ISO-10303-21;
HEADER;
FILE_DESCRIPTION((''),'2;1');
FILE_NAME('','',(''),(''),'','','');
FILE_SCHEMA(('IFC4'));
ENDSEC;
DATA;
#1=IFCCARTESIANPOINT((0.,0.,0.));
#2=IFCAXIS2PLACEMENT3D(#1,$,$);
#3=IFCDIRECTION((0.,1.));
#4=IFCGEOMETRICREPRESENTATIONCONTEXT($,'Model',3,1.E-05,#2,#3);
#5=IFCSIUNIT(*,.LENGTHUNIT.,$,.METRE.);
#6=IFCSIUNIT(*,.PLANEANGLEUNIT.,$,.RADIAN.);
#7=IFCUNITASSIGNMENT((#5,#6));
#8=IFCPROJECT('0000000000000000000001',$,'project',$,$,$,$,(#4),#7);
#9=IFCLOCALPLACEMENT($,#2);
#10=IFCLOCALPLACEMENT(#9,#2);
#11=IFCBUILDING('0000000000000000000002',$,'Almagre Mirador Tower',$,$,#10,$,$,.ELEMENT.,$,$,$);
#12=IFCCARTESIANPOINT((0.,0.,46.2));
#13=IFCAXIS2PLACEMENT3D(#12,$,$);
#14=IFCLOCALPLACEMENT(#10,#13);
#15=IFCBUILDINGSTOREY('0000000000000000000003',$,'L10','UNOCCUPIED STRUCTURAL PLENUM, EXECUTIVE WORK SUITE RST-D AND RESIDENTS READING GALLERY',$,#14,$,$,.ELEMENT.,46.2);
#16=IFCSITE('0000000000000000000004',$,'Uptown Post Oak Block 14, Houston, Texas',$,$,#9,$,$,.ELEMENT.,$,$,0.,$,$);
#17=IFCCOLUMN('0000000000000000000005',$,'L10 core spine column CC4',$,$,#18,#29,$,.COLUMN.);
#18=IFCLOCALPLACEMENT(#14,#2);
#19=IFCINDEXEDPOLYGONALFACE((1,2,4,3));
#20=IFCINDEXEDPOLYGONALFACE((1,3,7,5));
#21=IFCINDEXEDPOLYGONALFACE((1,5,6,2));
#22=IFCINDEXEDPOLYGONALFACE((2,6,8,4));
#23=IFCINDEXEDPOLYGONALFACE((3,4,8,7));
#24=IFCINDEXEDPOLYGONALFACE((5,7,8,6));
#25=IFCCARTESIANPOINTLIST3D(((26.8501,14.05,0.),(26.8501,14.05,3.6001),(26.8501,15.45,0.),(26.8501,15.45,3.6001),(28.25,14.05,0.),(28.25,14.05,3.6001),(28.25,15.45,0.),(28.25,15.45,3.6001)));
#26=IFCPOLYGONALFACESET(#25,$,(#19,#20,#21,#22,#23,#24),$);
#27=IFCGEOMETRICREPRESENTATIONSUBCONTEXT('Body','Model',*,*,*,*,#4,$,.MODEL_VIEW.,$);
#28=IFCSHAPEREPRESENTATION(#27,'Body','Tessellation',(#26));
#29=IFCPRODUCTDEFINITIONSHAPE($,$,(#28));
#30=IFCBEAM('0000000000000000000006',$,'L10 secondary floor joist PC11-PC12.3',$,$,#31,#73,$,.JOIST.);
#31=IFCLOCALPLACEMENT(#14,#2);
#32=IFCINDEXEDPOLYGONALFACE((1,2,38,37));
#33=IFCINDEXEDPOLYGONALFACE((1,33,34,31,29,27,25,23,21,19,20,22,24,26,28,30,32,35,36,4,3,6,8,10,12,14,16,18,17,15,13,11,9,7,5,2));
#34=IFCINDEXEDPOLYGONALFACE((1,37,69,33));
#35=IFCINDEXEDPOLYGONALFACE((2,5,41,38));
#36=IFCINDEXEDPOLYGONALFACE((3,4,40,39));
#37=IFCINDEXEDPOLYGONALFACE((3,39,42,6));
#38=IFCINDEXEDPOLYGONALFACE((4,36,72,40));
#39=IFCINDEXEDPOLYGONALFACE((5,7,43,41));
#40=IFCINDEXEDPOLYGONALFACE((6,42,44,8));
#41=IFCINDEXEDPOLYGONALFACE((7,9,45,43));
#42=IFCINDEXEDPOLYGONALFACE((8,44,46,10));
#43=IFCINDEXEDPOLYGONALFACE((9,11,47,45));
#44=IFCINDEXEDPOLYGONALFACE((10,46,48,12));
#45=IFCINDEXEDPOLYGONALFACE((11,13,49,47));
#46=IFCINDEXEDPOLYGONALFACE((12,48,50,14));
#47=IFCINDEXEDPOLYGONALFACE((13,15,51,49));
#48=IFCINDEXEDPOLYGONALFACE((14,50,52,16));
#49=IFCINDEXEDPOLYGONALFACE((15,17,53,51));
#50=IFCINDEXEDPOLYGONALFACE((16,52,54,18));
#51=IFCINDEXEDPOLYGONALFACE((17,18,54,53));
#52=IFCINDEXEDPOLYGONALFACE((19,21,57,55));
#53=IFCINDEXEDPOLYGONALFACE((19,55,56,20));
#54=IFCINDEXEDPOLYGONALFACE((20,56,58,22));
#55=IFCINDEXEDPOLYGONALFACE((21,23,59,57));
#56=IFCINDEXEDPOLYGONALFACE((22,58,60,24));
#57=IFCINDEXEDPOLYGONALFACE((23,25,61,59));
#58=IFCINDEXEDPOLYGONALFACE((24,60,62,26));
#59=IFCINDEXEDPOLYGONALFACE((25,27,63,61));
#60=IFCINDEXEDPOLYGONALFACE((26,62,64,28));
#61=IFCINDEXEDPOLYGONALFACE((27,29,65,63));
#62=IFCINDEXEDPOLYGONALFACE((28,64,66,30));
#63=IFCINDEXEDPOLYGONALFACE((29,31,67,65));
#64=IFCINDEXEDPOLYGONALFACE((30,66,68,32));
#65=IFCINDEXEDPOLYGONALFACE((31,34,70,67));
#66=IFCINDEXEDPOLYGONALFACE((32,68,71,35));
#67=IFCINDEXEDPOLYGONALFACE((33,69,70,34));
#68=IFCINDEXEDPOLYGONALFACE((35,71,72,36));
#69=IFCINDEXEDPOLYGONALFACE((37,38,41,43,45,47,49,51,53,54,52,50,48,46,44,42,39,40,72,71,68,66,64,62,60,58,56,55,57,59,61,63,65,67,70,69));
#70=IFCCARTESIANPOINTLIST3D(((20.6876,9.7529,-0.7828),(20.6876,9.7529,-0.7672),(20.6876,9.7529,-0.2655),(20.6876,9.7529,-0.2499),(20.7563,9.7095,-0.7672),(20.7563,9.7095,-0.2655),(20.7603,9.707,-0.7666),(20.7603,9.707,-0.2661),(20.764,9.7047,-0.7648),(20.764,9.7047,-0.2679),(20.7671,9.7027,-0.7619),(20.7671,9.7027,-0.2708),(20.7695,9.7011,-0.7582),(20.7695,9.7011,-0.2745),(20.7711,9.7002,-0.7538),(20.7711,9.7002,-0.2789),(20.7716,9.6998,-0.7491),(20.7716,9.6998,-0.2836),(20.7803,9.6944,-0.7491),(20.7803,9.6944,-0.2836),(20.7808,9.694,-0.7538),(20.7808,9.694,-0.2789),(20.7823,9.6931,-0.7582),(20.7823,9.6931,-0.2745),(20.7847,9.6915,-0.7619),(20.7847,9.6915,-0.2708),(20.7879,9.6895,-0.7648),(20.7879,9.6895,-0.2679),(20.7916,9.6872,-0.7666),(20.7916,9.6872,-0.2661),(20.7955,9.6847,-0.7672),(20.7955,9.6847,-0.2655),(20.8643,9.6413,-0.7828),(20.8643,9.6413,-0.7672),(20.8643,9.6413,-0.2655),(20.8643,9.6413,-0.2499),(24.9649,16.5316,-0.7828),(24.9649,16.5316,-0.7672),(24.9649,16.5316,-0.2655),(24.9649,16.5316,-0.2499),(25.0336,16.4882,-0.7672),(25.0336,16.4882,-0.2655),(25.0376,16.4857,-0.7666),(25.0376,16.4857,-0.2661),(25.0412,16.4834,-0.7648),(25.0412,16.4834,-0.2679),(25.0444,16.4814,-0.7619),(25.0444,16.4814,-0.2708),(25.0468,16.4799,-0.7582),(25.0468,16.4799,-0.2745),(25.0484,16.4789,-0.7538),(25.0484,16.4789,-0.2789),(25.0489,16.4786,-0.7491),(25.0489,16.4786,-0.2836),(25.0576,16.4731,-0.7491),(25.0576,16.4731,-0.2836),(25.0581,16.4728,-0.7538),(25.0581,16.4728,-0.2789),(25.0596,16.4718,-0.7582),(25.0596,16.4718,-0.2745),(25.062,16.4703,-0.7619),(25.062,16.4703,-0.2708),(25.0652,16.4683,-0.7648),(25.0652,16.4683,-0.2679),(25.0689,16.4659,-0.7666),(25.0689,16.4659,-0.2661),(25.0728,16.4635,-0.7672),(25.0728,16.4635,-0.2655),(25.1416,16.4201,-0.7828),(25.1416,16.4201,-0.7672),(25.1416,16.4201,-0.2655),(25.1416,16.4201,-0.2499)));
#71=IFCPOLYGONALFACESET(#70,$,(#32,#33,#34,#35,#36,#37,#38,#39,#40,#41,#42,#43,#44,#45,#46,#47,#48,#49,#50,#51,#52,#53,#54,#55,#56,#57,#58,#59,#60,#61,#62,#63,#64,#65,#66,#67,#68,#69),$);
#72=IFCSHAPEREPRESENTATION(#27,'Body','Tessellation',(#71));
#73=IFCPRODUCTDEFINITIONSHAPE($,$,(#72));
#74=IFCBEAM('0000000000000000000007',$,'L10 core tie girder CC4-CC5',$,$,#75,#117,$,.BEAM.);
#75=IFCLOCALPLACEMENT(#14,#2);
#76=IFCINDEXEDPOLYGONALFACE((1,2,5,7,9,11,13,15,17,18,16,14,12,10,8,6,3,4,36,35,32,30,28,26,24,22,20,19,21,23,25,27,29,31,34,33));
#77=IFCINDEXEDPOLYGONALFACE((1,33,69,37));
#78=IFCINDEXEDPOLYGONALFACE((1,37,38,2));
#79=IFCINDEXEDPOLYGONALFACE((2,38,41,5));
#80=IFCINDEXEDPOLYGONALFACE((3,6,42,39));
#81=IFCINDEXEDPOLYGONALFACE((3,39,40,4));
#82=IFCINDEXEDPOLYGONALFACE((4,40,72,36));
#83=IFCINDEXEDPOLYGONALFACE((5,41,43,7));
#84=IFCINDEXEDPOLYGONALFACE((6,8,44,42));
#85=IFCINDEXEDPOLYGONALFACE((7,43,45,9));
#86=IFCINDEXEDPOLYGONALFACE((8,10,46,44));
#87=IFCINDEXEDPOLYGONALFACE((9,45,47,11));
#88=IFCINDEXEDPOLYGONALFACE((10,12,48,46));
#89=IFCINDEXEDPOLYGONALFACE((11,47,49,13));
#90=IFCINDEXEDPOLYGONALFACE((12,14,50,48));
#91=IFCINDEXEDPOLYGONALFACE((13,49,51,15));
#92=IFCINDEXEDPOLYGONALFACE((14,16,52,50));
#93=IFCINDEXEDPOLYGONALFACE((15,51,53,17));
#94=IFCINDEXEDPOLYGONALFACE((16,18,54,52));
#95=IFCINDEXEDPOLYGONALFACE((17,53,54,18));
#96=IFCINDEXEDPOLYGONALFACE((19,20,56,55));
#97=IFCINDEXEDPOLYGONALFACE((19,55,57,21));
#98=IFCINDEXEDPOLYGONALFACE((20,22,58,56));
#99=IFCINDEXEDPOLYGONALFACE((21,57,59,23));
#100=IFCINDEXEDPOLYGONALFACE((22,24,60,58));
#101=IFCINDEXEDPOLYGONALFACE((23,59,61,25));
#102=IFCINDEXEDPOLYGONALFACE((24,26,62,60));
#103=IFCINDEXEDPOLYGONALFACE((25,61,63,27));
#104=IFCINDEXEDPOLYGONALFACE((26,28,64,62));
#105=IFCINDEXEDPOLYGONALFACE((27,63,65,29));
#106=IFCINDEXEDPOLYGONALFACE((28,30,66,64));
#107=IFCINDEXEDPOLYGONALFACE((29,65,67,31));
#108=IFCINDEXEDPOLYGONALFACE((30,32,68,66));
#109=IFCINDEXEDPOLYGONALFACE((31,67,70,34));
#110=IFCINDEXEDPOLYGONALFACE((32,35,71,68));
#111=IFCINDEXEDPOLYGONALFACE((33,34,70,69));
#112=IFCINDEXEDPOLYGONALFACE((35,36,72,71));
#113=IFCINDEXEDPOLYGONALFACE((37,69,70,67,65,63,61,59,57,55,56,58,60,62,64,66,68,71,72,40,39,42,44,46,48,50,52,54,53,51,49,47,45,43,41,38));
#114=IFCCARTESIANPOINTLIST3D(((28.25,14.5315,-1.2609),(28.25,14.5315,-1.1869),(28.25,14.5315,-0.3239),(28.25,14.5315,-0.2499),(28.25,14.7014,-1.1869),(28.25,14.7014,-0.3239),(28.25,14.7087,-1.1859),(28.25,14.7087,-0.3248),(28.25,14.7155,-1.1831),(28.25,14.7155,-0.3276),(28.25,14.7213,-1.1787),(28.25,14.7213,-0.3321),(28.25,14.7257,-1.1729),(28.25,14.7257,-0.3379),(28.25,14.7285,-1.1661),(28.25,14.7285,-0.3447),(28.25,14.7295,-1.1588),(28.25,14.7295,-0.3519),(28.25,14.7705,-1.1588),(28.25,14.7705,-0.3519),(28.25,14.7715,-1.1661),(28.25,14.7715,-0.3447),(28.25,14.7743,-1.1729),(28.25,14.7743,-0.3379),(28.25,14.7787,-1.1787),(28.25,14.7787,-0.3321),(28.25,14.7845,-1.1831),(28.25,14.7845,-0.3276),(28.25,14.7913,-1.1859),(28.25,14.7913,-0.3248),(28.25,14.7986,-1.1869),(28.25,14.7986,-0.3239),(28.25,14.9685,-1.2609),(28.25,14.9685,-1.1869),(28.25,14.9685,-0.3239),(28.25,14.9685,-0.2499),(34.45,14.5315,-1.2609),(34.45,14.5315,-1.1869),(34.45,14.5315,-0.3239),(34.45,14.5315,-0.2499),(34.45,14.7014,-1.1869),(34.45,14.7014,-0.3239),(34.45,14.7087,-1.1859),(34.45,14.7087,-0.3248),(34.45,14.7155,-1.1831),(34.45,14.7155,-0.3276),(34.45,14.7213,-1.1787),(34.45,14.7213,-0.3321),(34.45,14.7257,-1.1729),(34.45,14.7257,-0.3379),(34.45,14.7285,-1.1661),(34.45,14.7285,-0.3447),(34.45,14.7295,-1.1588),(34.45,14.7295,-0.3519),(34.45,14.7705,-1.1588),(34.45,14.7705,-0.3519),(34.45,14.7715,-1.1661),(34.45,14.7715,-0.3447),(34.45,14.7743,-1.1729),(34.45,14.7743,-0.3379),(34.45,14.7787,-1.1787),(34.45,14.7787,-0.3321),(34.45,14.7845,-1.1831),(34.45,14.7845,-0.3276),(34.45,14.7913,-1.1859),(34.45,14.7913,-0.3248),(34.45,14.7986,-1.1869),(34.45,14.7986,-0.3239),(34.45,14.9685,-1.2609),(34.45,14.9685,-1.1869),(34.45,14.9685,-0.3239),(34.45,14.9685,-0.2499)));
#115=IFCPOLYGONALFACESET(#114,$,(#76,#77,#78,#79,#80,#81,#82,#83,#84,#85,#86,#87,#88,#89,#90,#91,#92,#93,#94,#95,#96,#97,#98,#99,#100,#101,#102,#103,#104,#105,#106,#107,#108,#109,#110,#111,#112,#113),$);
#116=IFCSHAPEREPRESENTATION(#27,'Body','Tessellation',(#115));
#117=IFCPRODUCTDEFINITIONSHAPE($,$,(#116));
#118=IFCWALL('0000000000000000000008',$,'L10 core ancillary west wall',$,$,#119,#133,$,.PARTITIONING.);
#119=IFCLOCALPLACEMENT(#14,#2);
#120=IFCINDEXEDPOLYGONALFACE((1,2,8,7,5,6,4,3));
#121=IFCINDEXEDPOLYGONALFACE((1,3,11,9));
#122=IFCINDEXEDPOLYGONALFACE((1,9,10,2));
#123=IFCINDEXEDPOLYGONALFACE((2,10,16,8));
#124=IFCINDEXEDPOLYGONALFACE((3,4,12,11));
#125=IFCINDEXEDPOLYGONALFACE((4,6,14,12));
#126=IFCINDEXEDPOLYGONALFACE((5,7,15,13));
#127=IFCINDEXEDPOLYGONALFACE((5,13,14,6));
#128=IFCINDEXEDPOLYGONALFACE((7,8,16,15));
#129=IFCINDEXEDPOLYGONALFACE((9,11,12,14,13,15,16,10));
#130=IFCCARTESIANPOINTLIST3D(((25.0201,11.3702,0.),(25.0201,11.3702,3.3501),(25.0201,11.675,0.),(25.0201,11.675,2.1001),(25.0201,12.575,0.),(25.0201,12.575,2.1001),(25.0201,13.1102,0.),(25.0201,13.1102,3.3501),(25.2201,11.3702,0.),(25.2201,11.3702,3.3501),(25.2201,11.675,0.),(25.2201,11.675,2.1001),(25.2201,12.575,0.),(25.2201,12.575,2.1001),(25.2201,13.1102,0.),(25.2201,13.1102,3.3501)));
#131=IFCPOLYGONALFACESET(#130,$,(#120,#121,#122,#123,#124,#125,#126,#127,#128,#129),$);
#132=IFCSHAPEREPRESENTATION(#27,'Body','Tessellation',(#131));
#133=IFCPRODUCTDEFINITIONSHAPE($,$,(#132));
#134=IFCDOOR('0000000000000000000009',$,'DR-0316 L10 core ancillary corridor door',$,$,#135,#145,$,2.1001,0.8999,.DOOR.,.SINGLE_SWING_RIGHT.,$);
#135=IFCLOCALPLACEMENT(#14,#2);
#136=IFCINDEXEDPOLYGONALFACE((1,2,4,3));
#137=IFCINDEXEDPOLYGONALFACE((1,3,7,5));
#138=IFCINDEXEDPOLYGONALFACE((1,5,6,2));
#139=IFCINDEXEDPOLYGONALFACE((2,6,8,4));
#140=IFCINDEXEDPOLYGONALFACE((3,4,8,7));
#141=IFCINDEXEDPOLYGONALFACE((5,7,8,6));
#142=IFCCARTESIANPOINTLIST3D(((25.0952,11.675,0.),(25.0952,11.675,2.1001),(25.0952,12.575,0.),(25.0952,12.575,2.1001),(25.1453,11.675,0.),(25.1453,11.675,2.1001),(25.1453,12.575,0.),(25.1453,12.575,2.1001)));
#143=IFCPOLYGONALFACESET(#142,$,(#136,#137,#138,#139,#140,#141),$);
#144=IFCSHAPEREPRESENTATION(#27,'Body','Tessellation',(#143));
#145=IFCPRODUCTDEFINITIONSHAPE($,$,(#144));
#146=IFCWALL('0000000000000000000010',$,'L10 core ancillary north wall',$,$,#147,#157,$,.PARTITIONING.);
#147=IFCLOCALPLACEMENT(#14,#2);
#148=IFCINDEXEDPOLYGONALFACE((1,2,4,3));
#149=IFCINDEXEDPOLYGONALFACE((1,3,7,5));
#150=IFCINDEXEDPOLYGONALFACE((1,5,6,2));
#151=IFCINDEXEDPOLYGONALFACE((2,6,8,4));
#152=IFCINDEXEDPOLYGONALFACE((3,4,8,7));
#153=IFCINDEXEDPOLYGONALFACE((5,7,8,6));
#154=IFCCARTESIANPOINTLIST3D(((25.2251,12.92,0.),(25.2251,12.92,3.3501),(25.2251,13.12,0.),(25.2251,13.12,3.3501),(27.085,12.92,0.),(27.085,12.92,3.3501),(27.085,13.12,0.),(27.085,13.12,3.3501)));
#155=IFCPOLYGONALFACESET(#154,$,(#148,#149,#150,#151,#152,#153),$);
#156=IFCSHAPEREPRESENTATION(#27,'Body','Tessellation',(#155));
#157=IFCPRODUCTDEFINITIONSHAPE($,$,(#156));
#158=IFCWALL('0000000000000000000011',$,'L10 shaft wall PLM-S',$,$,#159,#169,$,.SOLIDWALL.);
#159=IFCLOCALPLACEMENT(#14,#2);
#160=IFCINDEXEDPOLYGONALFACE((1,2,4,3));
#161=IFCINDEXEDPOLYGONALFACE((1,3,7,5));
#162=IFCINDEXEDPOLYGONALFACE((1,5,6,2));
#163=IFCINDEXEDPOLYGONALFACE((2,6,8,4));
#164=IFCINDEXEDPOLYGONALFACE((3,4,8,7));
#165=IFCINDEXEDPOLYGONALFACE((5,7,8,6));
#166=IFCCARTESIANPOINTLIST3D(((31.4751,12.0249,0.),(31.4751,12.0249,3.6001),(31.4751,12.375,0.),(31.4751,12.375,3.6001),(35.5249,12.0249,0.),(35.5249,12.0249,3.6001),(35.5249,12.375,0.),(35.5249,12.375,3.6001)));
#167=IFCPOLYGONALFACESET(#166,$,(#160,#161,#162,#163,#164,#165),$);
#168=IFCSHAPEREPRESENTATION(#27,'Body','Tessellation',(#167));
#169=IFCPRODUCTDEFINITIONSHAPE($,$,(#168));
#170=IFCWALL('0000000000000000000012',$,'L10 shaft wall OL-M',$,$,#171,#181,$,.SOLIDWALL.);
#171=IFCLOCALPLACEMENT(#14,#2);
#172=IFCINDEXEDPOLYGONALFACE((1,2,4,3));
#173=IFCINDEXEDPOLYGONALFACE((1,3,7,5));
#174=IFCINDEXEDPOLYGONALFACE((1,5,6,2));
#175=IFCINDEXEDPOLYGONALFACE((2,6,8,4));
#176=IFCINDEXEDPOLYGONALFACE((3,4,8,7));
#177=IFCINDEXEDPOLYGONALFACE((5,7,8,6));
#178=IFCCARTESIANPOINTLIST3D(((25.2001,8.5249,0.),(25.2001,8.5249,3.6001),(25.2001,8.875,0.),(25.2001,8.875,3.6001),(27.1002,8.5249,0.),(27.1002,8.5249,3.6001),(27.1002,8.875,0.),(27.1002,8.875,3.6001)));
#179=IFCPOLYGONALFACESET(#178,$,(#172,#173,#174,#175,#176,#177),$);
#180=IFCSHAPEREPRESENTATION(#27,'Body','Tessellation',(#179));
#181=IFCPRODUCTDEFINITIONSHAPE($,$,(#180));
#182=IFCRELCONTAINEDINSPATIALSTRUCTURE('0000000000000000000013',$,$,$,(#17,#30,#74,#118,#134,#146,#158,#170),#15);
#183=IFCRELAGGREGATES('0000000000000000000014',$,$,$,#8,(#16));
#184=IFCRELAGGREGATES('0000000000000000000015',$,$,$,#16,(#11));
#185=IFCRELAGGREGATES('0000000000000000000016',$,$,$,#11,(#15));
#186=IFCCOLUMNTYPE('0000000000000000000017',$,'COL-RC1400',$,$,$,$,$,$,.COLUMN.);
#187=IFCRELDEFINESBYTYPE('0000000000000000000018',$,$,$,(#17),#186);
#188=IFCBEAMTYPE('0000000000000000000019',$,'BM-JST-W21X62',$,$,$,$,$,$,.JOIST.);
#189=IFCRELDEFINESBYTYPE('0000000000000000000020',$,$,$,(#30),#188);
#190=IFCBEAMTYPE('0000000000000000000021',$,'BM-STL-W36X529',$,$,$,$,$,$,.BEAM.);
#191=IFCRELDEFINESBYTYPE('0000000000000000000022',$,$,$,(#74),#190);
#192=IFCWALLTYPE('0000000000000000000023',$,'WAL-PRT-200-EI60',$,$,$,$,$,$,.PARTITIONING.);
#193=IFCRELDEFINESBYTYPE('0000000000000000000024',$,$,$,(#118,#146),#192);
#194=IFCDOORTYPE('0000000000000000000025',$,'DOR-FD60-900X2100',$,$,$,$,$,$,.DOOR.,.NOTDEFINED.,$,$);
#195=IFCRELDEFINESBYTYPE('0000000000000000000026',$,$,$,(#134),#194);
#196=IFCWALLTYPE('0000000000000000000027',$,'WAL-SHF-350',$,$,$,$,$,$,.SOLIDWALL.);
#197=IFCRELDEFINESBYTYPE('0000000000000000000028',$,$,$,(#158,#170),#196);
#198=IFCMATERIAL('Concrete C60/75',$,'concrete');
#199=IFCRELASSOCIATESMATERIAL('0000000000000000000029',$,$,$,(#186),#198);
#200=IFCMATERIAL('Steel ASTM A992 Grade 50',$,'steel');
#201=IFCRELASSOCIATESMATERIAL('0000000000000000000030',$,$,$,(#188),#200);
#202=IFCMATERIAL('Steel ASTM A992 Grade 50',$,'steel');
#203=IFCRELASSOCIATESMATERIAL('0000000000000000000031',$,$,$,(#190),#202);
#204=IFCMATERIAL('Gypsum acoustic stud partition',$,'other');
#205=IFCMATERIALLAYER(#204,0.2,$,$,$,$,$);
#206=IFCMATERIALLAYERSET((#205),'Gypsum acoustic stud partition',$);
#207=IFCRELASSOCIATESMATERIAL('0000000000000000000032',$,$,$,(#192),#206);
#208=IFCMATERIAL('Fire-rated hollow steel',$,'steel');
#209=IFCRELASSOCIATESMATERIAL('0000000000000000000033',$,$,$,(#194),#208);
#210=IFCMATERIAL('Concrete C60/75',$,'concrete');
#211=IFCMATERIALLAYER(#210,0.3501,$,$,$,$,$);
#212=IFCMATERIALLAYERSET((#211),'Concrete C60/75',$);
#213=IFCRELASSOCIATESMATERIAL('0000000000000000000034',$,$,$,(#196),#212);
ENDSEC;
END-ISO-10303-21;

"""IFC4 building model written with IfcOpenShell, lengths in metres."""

from ifc_helpers import new_model, si_unit, direction, frame, frame_2d, origin, origin_2d, place, context, subcontext, project, spatial, rectangle, i_section, extrude, material, layer, layer_set, material_profile, profile_set, type_object, element, fill, save


model = new_model("IFC4")

# Units and contexts
model_context = context("Model", 3, precision=1e-05, world=origin(), true_north=direction((0.0, 1.0)))
body_context = subcontext(model_context, "Body", "Model", "MODEL_VIEW")
ifc_project = project(units=[si_unit("LENGTHUNIT", "METRE"), si_unit("PLANEANGLEUNIT", "RADIAN")], contexts=[model_context])

# Site, building, storey
site_placement = place(None, origin())
site = spatial("IfcSite", under=ifc_project, at=site_placement, Name="Uptown Post Oak Block 14, Houston, Texas", CompositionType="ELEMENT", RefElevation=0.0)
building_placement = place(site_placement, origin())
building = spatial("IfcBuilding", under=site, at=building_placement, Name="Almagre Mirador Tower", CompositionType="ELEMENT")
storey_placement = place(building_placement, frame((0.0, 0.0, 46.2)))
storey = spatial("IfcBuildingStorey", under=building, at=storey_placement, Name="L10", Description="UNOCCUPIED STRUCTURAL PLENUM, EXECUTIVE WORK SUITE RST-D AND RESIDENTS READING GALLERY", CompositionType="ELEMENT", Elevation=46.2)

# Column
ifc_material_1 = material(Name="Concrete C60/75", Category="concrete")
ifc_material_profile_1 = material_profile(ifc_material_1, rectangle(XDim=1.3999, YDim=1.3999, at=origin_2d()), Name="RC1400X1400")
ifc_profile_set_1 = profile_set([ifc_material_profile_1], Name="Concrete C60/75")
column_type = type_object("IfcColumnType", Name="COL-RC1400", PredefinedType="COLUMN", material=ifc_profile_set_1)
column_placement = place(storey_placement, frame((27.55, 14.75, 0.0), z_axis=(0.0, 0.0, 1.0), x_axis=(1.0, 0.0, 0.0)))
element("IfcColumn", 1, at=column_placement, inside=storey, type_object=column_type, Name="L10 core spine column CC4", PredefinedType="COLUMN", context=body_context, shape_type="SweptSolid", body=[
    extrude(rectangle(XDim=1.3999, YDim=1.3999, at=origin_2d()), origin(), (0.0, 0.0, 1.0), 3.6001),
])

# Beams
ifc_material_2 = material(Name="Steel ASTM A992 Grade 50", Category="steel")
ifc_material_profile_2 = material_profile(ifc_material_2, i_section(OverallWidth=0.209, OverallDepth=0.533, WebThickness=0.0103, FlangeThickness=0.0156, FilletRadius=0.0181, at=origin_2d()), Name="W21X62")
ifc_profile_set_2 = profile_set([ifc_material_profile_2], Name="Steel ASTM A992 Grade 50")
beam_type_1 = type_object("IfcBeamType", Name="BM-JST-W21X62", PredefinedType="JOIST", material=ifc_profile_set_2)
beam_1_placement = place(storey_placement, frame((25.0532, 16.4758, -0.5164), z_axis=(-0.533635, -0.845715, 0.0), x_axis=(0.845715, -0.533635, 0.0)))
element("IfcBeam", 2, at=beam_1_placement, inside=storey, type_object=beam_type_1, Name="L10 secondary floor joist PC11-PC12.3", PredefinedType="JOIST", context=body_context, shape_type="SweptSolid", body=[
    extrude(i_section(OverallWidth=0.209, OverallDepth=0.533, WebThickness=0.0103, FlangeThickness=0.0156, FilletRadius=0.0181, at=origin_2d()), origin(), (0.0, 0.0, 1.0), 8.0154),
])
ifc_material_3 = material(Name="Steel ASTM A992 Grade 50", Category="steel")
ifc_material_profile_3 = material_profile(ifc_material_3, i_section(OverallWidth=0.437, OverallDepth=1.011, WebThickness=0.041, FlangeThickness=0.074, FilletRadius=0.0281, at=origin_2d()), Name="W36X529")
ifc_profile_set_3 = profile_set([ifc_material_profile_3], Name="Steel ASTM A992 Grade 50")
beam_type_2 = type_object("IfcBeamType", Name="BM-STL-W36X529", PredefinedType="BEAM", material=ifc_profile_set_3)
beam_2_placement = place(storey_placement, frame((28.25, 14.75, -0.7554), z_axis=(1.0, 0.0, 0.0), x_axis=(0.0, 1.0, 0.0)))
element("IfcBeam", 3, at=beam_2_placement, inside=storey, type_object=beam_type_2, Name="L10 core tie girder CC4-CC5", PredefinedType="BEAM", context=body_context, shape_type="SweptSolid", body=[
    extrude(i_section(OverallWidth=0.437, OverallDepth=1.011, WebThickness=0.041, FlangeThickness=0.074, FilletRadius=0.0281, at=origin_2d()), origin(), (0.0, 0.0, 1.0), 6.2),
])

# Wall, opening, door
ifc_material_4 = material(Name="Gypsum acoustic stud partition", Category="other")
ifc_layer_1 = layer(ifc_material_4, 0.2)
ifc_layer_set_1 = layer_set([ifc_layer_1], Name="Gypsum acoustic stud partition")
wall_type_1 = type_object("IfcWallType", Name="WAL-PRT-200-EI60", PredefinedType="PARTITIONING", material=ifc_layer_set_1)
wall_1_placement = place(storey_placement, frame((25.1201, 11.3701, 0.0), z_axis=(0.0, 0.0, 1.0), x_axis=(0.0, 1.0, 0.0)))
wall_1 = element("IfcWall", 4, at=wall_1_placement, inside=storey, type_object=wall_type_1, Name="L10 core ancillary west wall", PredefinedType="PARTITIONING", context=body_context, shape_type="SweptSolid", body=[
    extrude(rectangle(XDim=1.74, YDim=0.2, at=frame_2d((0.8701, 0.0))), origin(), (0.0, 0.0, 1.0), 3.3501),
])
opening_1_placement = place(wall_1_placement, frame((0.3049, 0.0, 0.0)))
opening_1 = element("IfcOpeningElement", 5, at=opening_1_placement, cuts=wall_1, PredefinedType="OPENING", context=body_context, shape_type="SweptSolid", body=[
    extrude(rectangle(XDim=0.8999, YDim=2.1001, at=frame_2d((0.45, 1.05))), frame((0.0, 0.1101, 0.0), z_axis=(0.0, -1.0, 0.0), x_axis=(1.0, 0.0, 0.0)), (0.0, 0.0, 1.0), 0.22),
])
ifc_material_5 = material(Name="Fire-rated hollow steel", Category="steel")
door_type_1 = type_object("IfcDoorType", Name="DOR-FD60-900X2100", OperationType="NOTDEFINED", PredefinedType="DOOR", material=ifc_material_5)
door_1_placement = place(opening_1_placement, origin())
door_1 = element("IfcDoor", 6, at=door_1_placement, inside=storey, type_object=door_type_1, Name="DR-0316 L10 core ancillary corridor door", OperationType="SINGLE_SWING_RIGHT", OverallHeight=2.1001, OverallWidth=0.8999, PredefinedType="DOOR", context=body_context, shape_type="SweptSolid", body=[
    extrude(rectangle(XDim=0.8999, YDim=2.1001, at=frame_2d((0.45, 1.05))), frame((0.0, 0.0249, 0.0), z_axis=(0.0, -1.0, 0.0), x_axis=(1.0, 0.0, 0.0)), (0.0, 0.0, 1.0), 0.05),
])
fill(opening_1, door_1)

# Walls
wall_2_placement = place(storey_placement, frame((25.2251, 13.02, 0.0), z_axis=(0.0, 0.0, 1.0), x_axis=(1.0, 0.0, 0.0)))
element("IfcWall", 7, at=wall_2_placement, inside=storey, type_object=wall_type_1, Name="L10 core ancillary north wall", PredefinedType="PARTITIONING", context=body_context, shape_type="SweptSolid", body=[
    extrude(rectangle(XDim=1.8599, YDim=0.2, at=frame_2d((0.9299, 0.0))), origin(), (0.0, 0.0, 1.0), 3.3501),
])
ifc_material_6 = material(Name="Concrete C60/75", Category="concrete")
ifc_layer_2 = layer(ifc_material_6, 0.3501)
ifc_layer_set_2 = layer_set([ifc_layer_2], Name="Concrete C60/75")
wall_type_2 = type_object("IfcWallType", Name="WAL-SHF-350", PredefinedType="SOLIDWALL", material=ifc_layer_set_2)
wall_3_placement = place(storey_placement, frame((31.4751, 12.2, 0.0), z_axis=(0.0, 0.0, 1.0), x_axis=(1.0, 0.0, 0.0)))
element("IfcWall", 8, at=wall_3_placement, inside=storey, type_object=wall_type_2, Name="L10 shaft wall PLM-S", PredefinedType="SOLIDWALL", context=body_context, shape_type="SweptSolid", body=[
    extrude(rectangle(XDim=4.0498, YDim=0.3501, at=frame_2d((2.0249, 0.0))), origin(), (0.0, 0.0, 1.0), 3.6001),
])
for number, where, z_axis, x_axis, name in (
    (9, (25.2, 8.7, 0.0), (0.0, 0.0, 1.0), (1.0, 0.0, 0.0), "L10 shaft wall OL-M"),
):
    element("IfcWall", number, at=place(storey_placement, frame(where, z_axis=z_axis, x_axis=x_axis)), inside=storey, type_object=wall_type_2, Name=name, PredefinedType="SOLIDWALL", context=body_context, shape_type="SweptSolid", body=[
        extrude(rectangle(XDim=1.9001, YDim=0.3501, at=frame_2d((0.9502, 0.0))), origin(), (0.0, 0.0, 1.0), 3.6001),
    ])

save(model, "model.ifc")
